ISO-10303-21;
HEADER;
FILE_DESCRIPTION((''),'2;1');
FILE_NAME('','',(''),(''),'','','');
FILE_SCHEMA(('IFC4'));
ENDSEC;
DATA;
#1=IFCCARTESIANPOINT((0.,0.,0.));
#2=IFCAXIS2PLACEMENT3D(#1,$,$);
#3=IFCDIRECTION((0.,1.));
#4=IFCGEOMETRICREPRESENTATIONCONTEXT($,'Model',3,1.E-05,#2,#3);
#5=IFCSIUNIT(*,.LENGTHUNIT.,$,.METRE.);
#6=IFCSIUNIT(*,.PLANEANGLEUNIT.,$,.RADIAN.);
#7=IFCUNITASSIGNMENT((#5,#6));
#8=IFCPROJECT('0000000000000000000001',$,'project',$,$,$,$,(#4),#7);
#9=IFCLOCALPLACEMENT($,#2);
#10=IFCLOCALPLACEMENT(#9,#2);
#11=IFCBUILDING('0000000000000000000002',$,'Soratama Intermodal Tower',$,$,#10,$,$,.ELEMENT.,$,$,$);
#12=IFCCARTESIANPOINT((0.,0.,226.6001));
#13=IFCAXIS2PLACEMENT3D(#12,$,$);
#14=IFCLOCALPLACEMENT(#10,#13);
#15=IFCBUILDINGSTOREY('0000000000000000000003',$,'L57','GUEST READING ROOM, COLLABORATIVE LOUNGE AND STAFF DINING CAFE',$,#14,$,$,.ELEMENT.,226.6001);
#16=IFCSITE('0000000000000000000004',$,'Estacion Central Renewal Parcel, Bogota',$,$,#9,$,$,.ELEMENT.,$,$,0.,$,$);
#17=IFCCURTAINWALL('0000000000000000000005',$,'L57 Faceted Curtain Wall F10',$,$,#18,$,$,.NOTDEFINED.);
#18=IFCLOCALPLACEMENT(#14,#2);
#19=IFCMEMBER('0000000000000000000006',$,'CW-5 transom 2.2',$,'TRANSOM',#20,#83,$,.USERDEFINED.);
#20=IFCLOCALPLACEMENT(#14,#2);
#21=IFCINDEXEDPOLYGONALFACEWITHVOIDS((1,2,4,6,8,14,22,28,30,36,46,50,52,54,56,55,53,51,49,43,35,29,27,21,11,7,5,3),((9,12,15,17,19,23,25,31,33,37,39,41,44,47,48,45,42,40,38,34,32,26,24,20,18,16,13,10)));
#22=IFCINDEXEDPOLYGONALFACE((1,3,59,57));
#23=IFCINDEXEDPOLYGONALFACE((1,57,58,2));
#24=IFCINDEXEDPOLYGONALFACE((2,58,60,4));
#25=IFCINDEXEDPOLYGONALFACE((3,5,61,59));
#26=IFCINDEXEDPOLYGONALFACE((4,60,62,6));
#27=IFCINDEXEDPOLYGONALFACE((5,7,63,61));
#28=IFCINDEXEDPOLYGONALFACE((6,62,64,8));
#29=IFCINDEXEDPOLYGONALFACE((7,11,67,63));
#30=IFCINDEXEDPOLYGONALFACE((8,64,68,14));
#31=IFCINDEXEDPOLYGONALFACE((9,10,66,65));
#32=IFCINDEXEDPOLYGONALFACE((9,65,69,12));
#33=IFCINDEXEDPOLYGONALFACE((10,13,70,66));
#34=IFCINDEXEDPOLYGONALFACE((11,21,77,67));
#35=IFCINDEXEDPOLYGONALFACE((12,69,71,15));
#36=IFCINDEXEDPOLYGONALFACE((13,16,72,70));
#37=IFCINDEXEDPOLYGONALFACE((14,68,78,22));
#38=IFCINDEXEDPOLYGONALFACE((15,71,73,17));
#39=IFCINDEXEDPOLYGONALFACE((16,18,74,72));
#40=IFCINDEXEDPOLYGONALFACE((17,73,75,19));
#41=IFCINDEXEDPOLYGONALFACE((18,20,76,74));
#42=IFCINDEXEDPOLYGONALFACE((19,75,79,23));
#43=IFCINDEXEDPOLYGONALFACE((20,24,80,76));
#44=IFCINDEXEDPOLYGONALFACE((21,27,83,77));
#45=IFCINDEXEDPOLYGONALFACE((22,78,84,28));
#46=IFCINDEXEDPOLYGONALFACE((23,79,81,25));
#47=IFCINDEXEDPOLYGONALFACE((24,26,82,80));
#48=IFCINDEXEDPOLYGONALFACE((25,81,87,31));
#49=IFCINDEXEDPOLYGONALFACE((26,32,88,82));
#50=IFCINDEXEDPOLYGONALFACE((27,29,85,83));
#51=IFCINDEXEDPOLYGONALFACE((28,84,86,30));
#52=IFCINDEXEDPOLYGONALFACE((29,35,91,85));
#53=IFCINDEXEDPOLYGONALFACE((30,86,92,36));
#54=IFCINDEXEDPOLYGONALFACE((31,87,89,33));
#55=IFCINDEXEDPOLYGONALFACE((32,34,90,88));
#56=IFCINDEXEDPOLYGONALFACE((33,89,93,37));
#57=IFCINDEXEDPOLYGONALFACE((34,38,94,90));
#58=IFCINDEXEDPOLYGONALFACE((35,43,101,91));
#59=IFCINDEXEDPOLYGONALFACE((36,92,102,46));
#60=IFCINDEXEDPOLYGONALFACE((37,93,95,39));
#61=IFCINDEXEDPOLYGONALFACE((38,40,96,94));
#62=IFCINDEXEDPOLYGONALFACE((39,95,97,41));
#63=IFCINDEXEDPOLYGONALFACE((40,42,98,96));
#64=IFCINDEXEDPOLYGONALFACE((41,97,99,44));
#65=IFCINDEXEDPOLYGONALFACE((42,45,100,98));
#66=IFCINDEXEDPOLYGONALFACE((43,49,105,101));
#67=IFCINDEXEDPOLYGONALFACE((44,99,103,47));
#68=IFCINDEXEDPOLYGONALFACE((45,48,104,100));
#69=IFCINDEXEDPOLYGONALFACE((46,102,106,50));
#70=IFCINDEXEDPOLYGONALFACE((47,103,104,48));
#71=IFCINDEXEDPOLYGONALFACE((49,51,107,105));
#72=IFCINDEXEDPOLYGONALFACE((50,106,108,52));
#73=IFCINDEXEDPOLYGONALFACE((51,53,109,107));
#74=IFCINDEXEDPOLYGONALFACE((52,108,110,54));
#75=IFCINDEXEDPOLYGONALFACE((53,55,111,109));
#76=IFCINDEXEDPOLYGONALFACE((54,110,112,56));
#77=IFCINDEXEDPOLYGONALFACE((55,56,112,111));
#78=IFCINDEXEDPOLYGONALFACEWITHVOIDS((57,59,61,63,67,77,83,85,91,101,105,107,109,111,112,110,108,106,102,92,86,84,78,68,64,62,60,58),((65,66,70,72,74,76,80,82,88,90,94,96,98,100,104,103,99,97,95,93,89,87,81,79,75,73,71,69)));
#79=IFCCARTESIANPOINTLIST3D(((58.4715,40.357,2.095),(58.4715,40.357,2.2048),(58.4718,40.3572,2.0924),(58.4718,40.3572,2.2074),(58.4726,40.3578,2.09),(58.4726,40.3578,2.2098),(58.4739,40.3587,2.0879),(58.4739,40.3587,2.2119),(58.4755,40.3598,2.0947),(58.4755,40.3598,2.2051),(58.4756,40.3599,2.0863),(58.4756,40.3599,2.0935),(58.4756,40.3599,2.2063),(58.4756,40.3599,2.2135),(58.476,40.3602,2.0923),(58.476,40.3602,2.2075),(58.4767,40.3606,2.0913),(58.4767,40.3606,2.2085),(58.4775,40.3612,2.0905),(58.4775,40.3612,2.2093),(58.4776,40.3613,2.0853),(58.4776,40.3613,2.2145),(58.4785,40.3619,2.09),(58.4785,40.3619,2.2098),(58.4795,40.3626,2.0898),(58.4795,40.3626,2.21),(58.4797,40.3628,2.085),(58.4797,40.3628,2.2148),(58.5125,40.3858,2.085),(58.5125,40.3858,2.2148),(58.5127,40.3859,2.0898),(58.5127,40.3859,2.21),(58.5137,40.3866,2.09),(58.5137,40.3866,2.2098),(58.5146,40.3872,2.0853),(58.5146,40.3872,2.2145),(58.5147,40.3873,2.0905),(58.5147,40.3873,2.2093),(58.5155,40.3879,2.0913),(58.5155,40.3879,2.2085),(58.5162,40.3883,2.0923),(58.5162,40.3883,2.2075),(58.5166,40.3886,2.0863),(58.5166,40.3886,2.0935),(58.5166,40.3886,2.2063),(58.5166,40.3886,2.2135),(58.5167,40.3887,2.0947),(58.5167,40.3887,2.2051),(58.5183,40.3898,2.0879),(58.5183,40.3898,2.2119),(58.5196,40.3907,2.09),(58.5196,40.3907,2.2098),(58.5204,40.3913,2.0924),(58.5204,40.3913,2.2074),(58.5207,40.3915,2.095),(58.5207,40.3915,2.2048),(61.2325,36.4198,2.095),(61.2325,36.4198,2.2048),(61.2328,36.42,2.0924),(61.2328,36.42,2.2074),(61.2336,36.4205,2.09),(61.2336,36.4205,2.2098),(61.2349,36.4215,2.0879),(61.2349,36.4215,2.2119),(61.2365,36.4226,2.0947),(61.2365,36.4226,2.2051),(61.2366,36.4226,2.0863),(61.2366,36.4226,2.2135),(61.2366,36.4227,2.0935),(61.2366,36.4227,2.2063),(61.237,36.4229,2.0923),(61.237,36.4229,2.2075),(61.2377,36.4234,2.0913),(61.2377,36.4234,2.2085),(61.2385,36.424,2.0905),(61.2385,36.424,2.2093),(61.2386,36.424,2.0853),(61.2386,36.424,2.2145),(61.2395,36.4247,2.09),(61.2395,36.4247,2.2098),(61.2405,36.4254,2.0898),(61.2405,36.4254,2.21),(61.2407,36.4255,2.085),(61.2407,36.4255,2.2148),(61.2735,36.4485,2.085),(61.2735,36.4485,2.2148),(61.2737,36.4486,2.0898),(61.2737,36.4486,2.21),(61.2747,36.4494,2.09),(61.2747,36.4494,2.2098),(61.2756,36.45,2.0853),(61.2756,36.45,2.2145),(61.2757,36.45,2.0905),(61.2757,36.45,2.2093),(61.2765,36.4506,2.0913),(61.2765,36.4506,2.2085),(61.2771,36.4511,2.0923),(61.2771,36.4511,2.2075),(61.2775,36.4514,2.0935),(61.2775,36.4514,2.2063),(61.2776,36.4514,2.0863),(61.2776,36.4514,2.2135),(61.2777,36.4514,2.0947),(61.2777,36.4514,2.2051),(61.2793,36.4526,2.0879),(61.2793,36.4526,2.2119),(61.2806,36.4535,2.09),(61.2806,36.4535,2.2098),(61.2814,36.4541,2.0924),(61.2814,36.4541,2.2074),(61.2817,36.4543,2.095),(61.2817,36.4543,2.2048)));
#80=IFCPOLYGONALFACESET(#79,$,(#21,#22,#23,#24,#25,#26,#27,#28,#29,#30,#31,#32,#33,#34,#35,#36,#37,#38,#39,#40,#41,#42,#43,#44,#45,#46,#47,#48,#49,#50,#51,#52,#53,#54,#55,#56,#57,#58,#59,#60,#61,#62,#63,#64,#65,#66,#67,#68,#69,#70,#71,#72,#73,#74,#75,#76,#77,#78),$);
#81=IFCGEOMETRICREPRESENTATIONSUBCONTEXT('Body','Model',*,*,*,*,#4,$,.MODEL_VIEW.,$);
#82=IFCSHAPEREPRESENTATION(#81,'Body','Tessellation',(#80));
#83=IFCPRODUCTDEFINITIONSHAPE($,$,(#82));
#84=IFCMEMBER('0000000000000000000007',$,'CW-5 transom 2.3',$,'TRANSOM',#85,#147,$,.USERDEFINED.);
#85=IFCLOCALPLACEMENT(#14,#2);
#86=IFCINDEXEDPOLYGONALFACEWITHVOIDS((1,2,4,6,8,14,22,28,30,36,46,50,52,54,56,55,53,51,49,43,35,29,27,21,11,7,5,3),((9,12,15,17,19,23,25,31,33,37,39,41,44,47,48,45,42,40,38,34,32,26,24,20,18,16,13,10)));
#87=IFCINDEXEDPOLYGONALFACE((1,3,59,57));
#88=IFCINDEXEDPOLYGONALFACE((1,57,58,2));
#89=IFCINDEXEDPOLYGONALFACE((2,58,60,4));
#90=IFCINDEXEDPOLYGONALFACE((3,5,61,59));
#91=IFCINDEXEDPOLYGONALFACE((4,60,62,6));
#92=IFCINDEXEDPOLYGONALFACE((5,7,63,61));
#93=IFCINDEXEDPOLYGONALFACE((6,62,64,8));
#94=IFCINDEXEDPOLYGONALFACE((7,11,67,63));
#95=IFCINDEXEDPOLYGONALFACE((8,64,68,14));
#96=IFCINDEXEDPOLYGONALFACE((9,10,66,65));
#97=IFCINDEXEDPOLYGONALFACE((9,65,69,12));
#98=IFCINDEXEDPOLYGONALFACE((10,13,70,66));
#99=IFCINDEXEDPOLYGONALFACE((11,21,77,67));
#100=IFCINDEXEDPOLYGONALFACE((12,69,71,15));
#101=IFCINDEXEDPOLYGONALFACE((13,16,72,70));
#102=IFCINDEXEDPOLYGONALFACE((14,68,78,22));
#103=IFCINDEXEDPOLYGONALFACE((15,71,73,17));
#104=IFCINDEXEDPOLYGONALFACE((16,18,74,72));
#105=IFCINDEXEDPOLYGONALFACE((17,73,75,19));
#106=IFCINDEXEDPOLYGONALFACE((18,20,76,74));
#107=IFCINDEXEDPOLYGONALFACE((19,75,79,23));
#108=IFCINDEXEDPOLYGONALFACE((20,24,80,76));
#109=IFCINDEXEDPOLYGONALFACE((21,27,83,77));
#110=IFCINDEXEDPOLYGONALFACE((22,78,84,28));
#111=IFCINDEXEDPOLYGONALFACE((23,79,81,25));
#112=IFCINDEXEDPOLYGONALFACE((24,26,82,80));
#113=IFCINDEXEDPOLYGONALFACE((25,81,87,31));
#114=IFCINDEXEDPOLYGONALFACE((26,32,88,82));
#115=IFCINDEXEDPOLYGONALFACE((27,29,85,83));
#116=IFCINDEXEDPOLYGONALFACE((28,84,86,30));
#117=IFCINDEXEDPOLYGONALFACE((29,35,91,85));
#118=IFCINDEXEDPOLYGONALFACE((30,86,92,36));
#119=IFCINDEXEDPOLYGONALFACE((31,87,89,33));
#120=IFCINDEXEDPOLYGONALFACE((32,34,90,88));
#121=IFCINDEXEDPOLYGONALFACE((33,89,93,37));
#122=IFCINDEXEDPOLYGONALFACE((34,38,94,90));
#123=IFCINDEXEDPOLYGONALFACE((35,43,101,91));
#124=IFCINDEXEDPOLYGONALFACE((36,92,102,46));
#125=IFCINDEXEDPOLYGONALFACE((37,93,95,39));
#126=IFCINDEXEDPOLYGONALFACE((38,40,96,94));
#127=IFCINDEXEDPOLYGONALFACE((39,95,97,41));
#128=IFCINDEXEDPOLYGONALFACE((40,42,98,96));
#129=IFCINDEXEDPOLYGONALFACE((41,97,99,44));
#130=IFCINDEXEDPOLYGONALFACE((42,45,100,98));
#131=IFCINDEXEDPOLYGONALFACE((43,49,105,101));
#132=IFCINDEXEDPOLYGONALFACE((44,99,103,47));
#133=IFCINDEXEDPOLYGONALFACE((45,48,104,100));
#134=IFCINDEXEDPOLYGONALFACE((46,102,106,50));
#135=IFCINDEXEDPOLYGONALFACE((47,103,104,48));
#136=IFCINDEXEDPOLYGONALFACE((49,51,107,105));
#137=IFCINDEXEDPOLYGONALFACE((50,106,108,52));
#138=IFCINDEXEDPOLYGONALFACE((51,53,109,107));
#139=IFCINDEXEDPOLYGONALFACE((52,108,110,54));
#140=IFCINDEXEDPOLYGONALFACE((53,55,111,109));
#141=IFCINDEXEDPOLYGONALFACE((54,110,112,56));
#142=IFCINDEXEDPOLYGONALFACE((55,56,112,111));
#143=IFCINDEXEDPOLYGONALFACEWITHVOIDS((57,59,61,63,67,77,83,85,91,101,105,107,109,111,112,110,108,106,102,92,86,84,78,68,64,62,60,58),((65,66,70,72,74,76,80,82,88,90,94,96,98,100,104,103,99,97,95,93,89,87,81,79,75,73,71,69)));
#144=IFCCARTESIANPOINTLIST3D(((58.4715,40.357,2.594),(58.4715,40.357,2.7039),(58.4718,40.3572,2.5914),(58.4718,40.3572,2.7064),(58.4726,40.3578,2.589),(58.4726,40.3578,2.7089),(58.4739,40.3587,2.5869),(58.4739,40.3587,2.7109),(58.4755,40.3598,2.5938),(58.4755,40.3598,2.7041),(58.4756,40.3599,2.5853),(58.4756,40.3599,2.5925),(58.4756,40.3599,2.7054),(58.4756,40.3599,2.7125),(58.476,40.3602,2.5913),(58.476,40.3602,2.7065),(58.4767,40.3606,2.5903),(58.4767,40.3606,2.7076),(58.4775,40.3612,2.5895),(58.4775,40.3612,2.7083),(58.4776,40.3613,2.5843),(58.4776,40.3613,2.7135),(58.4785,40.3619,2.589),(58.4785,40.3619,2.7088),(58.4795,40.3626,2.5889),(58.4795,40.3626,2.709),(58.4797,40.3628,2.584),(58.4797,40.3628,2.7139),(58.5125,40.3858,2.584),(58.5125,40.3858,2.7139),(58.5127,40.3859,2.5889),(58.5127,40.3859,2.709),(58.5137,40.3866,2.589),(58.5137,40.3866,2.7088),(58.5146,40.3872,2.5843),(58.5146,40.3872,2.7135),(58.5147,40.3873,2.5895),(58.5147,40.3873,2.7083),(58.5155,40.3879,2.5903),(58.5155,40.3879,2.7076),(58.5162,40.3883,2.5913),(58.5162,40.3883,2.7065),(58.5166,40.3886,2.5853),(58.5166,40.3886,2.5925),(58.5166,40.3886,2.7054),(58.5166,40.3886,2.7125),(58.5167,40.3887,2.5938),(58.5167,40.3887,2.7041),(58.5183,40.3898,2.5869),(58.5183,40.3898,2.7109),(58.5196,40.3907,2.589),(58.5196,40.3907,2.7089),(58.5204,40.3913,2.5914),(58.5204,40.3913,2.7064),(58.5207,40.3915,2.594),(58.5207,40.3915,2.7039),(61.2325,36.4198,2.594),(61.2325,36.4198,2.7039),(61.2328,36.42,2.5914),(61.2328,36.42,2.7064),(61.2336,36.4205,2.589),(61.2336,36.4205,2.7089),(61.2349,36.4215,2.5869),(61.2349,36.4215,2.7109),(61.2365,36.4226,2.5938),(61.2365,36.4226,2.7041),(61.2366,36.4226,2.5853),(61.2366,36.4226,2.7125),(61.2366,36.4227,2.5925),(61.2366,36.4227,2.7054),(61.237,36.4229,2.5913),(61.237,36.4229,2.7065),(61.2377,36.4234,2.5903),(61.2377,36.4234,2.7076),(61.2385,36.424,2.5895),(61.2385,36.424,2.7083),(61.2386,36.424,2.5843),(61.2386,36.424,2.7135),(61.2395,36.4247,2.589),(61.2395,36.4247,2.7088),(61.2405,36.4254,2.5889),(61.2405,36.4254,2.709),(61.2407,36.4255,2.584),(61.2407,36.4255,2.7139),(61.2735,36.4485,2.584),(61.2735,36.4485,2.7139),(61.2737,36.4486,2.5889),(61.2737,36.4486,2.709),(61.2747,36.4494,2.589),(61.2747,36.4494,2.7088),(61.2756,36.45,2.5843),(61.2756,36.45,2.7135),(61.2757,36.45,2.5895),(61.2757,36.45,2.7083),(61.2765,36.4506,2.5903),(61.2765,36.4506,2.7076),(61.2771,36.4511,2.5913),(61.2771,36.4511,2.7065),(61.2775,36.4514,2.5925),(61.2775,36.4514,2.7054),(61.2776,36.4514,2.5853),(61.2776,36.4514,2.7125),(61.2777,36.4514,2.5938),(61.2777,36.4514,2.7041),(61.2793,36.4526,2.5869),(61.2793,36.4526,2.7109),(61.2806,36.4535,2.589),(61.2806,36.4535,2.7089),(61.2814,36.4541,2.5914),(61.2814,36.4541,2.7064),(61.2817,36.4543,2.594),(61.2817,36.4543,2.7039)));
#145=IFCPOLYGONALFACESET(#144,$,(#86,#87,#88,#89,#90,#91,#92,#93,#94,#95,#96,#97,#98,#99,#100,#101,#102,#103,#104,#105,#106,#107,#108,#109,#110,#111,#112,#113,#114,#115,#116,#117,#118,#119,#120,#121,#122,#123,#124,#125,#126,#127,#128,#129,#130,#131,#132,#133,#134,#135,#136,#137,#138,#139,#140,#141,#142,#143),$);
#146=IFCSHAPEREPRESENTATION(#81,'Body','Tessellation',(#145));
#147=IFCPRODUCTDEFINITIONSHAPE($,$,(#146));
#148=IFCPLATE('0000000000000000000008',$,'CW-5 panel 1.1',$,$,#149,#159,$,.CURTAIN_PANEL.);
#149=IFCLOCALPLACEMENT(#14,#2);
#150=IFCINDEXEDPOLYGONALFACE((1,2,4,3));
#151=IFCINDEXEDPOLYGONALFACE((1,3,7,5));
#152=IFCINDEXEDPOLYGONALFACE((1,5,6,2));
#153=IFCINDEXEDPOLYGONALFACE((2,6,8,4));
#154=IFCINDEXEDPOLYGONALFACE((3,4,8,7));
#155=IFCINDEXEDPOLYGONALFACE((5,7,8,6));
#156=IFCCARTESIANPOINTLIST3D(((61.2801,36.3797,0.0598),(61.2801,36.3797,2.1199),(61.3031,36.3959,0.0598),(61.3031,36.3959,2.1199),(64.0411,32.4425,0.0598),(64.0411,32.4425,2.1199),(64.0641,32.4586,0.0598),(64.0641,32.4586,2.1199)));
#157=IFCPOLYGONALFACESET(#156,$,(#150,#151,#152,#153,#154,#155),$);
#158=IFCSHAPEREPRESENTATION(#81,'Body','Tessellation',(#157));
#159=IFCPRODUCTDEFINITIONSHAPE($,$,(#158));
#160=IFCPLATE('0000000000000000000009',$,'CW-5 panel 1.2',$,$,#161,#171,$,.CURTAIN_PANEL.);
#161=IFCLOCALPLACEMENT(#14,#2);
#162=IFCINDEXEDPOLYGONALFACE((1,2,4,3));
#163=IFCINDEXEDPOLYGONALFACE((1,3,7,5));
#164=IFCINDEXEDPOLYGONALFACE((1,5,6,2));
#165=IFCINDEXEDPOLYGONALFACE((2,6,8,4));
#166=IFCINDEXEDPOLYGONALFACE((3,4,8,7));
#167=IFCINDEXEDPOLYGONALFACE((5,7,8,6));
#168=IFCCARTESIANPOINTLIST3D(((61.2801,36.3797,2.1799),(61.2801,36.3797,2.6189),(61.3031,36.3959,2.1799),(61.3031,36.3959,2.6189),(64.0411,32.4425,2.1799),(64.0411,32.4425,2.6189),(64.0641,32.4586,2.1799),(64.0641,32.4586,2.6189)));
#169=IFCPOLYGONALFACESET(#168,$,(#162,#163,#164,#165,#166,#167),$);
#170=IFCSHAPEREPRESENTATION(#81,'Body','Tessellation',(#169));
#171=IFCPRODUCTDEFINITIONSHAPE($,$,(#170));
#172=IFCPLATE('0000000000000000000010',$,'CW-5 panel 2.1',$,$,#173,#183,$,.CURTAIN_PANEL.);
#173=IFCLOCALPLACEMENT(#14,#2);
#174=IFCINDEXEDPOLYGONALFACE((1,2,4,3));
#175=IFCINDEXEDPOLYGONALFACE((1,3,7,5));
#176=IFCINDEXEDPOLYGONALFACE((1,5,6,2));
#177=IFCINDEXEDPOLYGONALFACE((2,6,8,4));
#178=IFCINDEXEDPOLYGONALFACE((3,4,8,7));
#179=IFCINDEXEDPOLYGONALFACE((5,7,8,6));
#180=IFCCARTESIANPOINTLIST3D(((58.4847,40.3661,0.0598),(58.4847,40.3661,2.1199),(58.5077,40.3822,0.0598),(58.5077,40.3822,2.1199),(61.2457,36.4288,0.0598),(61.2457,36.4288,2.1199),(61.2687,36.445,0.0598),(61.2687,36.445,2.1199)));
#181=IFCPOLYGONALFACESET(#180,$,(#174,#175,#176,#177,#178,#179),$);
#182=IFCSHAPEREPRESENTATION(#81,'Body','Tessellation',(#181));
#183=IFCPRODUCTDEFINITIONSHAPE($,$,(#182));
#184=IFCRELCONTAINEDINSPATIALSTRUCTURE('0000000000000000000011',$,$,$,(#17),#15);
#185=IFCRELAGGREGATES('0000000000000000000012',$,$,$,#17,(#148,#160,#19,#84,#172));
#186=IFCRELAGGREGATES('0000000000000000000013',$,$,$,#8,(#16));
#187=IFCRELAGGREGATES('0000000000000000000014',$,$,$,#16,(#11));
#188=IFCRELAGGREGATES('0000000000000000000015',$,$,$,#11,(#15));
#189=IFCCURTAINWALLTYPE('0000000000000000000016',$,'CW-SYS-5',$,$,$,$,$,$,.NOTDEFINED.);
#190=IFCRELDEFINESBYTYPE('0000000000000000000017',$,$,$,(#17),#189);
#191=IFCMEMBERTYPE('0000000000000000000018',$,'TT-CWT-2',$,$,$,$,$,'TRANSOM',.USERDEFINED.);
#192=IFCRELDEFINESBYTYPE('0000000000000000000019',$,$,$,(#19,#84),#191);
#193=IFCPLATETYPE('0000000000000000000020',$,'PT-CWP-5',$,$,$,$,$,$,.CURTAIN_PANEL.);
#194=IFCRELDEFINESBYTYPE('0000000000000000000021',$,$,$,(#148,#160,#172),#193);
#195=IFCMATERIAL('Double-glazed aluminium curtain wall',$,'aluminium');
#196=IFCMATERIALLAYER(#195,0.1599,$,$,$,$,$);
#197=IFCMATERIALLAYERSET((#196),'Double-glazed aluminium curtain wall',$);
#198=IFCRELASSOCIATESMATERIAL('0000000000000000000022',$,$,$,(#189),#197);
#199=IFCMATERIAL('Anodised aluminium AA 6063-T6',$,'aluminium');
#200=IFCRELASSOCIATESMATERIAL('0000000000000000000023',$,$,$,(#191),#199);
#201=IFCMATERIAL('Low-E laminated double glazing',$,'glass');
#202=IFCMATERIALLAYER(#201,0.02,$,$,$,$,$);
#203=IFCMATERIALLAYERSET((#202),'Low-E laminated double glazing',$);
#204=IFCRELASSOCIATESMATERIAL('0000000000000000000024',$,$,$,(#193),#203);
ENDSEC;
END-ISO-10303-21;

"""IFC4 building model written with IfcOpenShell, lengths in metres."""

from ifc_helpers import new_model, si_unit, direction, frame, origin, origin_2d, place, context, subcontext, project, spatial, rectangle, hollow_rectangle, extrude, material, layer, layer_set, material_profile, profile_set, type_object, element, aggregate, save


model = new_model("IFC4")

# Units and contexts
model_context = context("Model", 3, precision=1e-05, world=origin(), true_north=direction((0.0, 1.0)))
body_context = subcontext(model_context, "Body", "Model", "MODEL_VIEW")
ifc_project = project(units=[si_unit("LENGTHUNIT", "METRE"), si_unit("PLANEANGLEUNIT", "RADIAN")], contexts=[model_context])

# Site, building, storey
site_placement = place(None, origin())
site = spatial("IfcSite", under=ifc_project, at=site_placement, Name="Estacion Central Renewal Parcel, Bogota", CompositionType="ELEMENT", RefElevation=0.0)
building_placement = place(site_placement, origin())
building = spatial("IfcBuilding", under=site, at=building_placement, Name="Soratama Intermodal Tower", CompositionType="ELEMENT")
storey_placement = place(building_placement, frame((0.0, 0.0, 226.6001)))
storey = spatial("IfcBuildingStorey", under=building, at=storey_placement, Name="L57", Description="GUEST READING ROOM, COLLABORATIVE LOUNGE AND STAFF DINING CAFE", CompositionType="ELEMENT", Elevation=226.6001)

# Curtain wall, members, plates
ifc_material_1 = material(Name="Double-glazed aluminium curtain wall", Category="aluminium")
ifc_layer_1 = layer(ifc_material_1, 0.1599)
ifc_layer_set_1 = layer_set([ifc_layer_1], Name="Double-glazed aluminium curtain wall")
curtain_wall_type = type_object("IfcCurtainWallType", Name="CW-SYS-5", PredefinedType="NOTDEFINED", material=ifc_layer_set_1)
curtain_wall_placement = place(storey_placement, origin())
curtain_wall = element("IfcCurtainWall", 1, at=curtain_wall_placement, inside=storey, type_object=curtain_wall_type, Name="L57 Faceted Curtain Wall F10", PredefinedType="NOTDEFINED")
ifc_material_2 = material(Name="Anodised aluminium AA 6063-T6", Category="aluminium")
ifc_material_profile_1 = material_profile(ifc_material_2, hollow_rectangle(XDim=0.0601, YDim=0.1299, WallThickness=0.0049, InnerFilletRadius=0.0049, OuterFilletRadius=0.01, at=origin_2d()), Name="CWT130X60X5")
ifc_profile_set_1 = profile_set([ifc_material_profile_1], Name="Anodised aluminium AA 6063-T6")
member_type_1 = type_object("IfcMemberType", Name="TT-CWT-2", ElementType="TRANSOM", PredefinedType="USERDEFINED", material=ifc_profile_set_1)
member_1_placement = place(storey_placement, frame((61.2571, 36.437, 2.1499), z_axis=(-0.574147, 0.818752, 0.0), x_axis=(-0.818752, -0.574147, 0.0)))
member_1 = element("IfcMember", 2, at=member_1_placement, type_object=member_type_1, Name="CW-5 transom 2.2", ObjectType="TRANSOM", PredefinedType="USERDEFINED", context=body_context, shape_type="SweptSolid", body=[
    extrude(hollow_rectangle(XDim=0.0601, YDim=0.1299, WallThickness=0.0049, InnerFilletRadius=0.0049, OuterFilletRadius=0.01, at=origin_2d()), origin(), (0.0, 0.0, 1.0), 4.8088),
])
member_2_placement = place(storey_placement, frame((61.2571, 36.437, 2.6489), z_axis=(-0.574147, 0.818752, 0.0), x_axis=(-0.818752, -0.574147, 0.0)))
member_2 = element("IfcMember", 3, at=member_2_placement, type_object=member_type_1, Name="CW-5 transom 2.3", ObjectType="TRANSOM", PredefinedType="USERDEFINED", context=body_context, shape_type="SweptSolid", body=[
    extrude(hollow_rectangle(XDim=0.0601, YDim=0.1299, WallThickness=0.0049, InnerFilletRadius=0.0049, OuterFilletRadius=0.01, at=origin_2d()), origin(), (0.0, 0.0, 1.0), 4.8088),
])
ifc_material_3 = material(Name="Low-E laminated double glazing", Category="glass")
ifc_layer_2 = layer(ifc_material_3, 0.02)
ifc_layer_set_2 = layer_set([ifc_layer_2], Name="Low-E laminated double glazing")
plate_type = type_object("IfcPlateType", Name="PT-CWP-5", PredefinedType="CURTAIN_PANEL", material=ifc_layer_set_2)
plate_1_placement = place(storey_placement, frame((62.6721, 34.4192, 0.0598), z_axis=(0.0, 0.0, 1.0), x_axis=(-0.57415, 0.81875, 0.0)))
plate_1 = element("IfcPlate", 4, at=plate_1_placement, type_object=plate_type, Name="CW-5 panel 1.1", PredefinedType="CURTAIN_PANEL", context=body_context, shape_type="SweptSolid", body=[
    extrude(rectangle(XDim=4.8088, YDim=0.0281, at=origin_2d()), origin(), (0.0, 0.0, 1.0), 2.0601),
])
plate_2_placement = place(storey_placement, frame((62.6721, 34.4192, 2.1799), z_axis=(0.0, 0.0, 1.0), x_axis=(-0.57415, 0.81875, 0.0)))
plate_2 = element("IfcPlate", 5, at=plate_2_placement, type_object=plate_type, Name="CW-5 panel 1.2", PredefinedType="CURTAIN_PANEL", context=body_context, shape_type="SweptSolid", body=[
    extrude(rectangle(XDim=4.8088, YDim=0.0281, at=origin_2d()), origin(), (0.0, 0.0, 1.0), 0.439),
])
plate_3_placement = place(storey_placement, frame((59.8767, 38.4055, 0.0598), z_axis=(0.0, 0.0, 1.0), x_axis=(-0.57415, 0.81875, 0.0)))
plate_3 = element("IfcPlate", 6, at=plate_3_placement, type_object=plate_type, Name="CW-5 panel 2.1", PredefinedType="CURTAIN_PANEL", context=body_context, shape_type="SweptSolid", body=[
    extrude(rectangle(XDim=4.8088, YDim=0.0281, at=origin_2d()), origin(), (0.0, 0.0, 1.0), 2.0601),
])
aggregate(curtain_wall, [plate_1, plate_2, member_1, member_2, plate_3])

save(model, "model.ifc")
